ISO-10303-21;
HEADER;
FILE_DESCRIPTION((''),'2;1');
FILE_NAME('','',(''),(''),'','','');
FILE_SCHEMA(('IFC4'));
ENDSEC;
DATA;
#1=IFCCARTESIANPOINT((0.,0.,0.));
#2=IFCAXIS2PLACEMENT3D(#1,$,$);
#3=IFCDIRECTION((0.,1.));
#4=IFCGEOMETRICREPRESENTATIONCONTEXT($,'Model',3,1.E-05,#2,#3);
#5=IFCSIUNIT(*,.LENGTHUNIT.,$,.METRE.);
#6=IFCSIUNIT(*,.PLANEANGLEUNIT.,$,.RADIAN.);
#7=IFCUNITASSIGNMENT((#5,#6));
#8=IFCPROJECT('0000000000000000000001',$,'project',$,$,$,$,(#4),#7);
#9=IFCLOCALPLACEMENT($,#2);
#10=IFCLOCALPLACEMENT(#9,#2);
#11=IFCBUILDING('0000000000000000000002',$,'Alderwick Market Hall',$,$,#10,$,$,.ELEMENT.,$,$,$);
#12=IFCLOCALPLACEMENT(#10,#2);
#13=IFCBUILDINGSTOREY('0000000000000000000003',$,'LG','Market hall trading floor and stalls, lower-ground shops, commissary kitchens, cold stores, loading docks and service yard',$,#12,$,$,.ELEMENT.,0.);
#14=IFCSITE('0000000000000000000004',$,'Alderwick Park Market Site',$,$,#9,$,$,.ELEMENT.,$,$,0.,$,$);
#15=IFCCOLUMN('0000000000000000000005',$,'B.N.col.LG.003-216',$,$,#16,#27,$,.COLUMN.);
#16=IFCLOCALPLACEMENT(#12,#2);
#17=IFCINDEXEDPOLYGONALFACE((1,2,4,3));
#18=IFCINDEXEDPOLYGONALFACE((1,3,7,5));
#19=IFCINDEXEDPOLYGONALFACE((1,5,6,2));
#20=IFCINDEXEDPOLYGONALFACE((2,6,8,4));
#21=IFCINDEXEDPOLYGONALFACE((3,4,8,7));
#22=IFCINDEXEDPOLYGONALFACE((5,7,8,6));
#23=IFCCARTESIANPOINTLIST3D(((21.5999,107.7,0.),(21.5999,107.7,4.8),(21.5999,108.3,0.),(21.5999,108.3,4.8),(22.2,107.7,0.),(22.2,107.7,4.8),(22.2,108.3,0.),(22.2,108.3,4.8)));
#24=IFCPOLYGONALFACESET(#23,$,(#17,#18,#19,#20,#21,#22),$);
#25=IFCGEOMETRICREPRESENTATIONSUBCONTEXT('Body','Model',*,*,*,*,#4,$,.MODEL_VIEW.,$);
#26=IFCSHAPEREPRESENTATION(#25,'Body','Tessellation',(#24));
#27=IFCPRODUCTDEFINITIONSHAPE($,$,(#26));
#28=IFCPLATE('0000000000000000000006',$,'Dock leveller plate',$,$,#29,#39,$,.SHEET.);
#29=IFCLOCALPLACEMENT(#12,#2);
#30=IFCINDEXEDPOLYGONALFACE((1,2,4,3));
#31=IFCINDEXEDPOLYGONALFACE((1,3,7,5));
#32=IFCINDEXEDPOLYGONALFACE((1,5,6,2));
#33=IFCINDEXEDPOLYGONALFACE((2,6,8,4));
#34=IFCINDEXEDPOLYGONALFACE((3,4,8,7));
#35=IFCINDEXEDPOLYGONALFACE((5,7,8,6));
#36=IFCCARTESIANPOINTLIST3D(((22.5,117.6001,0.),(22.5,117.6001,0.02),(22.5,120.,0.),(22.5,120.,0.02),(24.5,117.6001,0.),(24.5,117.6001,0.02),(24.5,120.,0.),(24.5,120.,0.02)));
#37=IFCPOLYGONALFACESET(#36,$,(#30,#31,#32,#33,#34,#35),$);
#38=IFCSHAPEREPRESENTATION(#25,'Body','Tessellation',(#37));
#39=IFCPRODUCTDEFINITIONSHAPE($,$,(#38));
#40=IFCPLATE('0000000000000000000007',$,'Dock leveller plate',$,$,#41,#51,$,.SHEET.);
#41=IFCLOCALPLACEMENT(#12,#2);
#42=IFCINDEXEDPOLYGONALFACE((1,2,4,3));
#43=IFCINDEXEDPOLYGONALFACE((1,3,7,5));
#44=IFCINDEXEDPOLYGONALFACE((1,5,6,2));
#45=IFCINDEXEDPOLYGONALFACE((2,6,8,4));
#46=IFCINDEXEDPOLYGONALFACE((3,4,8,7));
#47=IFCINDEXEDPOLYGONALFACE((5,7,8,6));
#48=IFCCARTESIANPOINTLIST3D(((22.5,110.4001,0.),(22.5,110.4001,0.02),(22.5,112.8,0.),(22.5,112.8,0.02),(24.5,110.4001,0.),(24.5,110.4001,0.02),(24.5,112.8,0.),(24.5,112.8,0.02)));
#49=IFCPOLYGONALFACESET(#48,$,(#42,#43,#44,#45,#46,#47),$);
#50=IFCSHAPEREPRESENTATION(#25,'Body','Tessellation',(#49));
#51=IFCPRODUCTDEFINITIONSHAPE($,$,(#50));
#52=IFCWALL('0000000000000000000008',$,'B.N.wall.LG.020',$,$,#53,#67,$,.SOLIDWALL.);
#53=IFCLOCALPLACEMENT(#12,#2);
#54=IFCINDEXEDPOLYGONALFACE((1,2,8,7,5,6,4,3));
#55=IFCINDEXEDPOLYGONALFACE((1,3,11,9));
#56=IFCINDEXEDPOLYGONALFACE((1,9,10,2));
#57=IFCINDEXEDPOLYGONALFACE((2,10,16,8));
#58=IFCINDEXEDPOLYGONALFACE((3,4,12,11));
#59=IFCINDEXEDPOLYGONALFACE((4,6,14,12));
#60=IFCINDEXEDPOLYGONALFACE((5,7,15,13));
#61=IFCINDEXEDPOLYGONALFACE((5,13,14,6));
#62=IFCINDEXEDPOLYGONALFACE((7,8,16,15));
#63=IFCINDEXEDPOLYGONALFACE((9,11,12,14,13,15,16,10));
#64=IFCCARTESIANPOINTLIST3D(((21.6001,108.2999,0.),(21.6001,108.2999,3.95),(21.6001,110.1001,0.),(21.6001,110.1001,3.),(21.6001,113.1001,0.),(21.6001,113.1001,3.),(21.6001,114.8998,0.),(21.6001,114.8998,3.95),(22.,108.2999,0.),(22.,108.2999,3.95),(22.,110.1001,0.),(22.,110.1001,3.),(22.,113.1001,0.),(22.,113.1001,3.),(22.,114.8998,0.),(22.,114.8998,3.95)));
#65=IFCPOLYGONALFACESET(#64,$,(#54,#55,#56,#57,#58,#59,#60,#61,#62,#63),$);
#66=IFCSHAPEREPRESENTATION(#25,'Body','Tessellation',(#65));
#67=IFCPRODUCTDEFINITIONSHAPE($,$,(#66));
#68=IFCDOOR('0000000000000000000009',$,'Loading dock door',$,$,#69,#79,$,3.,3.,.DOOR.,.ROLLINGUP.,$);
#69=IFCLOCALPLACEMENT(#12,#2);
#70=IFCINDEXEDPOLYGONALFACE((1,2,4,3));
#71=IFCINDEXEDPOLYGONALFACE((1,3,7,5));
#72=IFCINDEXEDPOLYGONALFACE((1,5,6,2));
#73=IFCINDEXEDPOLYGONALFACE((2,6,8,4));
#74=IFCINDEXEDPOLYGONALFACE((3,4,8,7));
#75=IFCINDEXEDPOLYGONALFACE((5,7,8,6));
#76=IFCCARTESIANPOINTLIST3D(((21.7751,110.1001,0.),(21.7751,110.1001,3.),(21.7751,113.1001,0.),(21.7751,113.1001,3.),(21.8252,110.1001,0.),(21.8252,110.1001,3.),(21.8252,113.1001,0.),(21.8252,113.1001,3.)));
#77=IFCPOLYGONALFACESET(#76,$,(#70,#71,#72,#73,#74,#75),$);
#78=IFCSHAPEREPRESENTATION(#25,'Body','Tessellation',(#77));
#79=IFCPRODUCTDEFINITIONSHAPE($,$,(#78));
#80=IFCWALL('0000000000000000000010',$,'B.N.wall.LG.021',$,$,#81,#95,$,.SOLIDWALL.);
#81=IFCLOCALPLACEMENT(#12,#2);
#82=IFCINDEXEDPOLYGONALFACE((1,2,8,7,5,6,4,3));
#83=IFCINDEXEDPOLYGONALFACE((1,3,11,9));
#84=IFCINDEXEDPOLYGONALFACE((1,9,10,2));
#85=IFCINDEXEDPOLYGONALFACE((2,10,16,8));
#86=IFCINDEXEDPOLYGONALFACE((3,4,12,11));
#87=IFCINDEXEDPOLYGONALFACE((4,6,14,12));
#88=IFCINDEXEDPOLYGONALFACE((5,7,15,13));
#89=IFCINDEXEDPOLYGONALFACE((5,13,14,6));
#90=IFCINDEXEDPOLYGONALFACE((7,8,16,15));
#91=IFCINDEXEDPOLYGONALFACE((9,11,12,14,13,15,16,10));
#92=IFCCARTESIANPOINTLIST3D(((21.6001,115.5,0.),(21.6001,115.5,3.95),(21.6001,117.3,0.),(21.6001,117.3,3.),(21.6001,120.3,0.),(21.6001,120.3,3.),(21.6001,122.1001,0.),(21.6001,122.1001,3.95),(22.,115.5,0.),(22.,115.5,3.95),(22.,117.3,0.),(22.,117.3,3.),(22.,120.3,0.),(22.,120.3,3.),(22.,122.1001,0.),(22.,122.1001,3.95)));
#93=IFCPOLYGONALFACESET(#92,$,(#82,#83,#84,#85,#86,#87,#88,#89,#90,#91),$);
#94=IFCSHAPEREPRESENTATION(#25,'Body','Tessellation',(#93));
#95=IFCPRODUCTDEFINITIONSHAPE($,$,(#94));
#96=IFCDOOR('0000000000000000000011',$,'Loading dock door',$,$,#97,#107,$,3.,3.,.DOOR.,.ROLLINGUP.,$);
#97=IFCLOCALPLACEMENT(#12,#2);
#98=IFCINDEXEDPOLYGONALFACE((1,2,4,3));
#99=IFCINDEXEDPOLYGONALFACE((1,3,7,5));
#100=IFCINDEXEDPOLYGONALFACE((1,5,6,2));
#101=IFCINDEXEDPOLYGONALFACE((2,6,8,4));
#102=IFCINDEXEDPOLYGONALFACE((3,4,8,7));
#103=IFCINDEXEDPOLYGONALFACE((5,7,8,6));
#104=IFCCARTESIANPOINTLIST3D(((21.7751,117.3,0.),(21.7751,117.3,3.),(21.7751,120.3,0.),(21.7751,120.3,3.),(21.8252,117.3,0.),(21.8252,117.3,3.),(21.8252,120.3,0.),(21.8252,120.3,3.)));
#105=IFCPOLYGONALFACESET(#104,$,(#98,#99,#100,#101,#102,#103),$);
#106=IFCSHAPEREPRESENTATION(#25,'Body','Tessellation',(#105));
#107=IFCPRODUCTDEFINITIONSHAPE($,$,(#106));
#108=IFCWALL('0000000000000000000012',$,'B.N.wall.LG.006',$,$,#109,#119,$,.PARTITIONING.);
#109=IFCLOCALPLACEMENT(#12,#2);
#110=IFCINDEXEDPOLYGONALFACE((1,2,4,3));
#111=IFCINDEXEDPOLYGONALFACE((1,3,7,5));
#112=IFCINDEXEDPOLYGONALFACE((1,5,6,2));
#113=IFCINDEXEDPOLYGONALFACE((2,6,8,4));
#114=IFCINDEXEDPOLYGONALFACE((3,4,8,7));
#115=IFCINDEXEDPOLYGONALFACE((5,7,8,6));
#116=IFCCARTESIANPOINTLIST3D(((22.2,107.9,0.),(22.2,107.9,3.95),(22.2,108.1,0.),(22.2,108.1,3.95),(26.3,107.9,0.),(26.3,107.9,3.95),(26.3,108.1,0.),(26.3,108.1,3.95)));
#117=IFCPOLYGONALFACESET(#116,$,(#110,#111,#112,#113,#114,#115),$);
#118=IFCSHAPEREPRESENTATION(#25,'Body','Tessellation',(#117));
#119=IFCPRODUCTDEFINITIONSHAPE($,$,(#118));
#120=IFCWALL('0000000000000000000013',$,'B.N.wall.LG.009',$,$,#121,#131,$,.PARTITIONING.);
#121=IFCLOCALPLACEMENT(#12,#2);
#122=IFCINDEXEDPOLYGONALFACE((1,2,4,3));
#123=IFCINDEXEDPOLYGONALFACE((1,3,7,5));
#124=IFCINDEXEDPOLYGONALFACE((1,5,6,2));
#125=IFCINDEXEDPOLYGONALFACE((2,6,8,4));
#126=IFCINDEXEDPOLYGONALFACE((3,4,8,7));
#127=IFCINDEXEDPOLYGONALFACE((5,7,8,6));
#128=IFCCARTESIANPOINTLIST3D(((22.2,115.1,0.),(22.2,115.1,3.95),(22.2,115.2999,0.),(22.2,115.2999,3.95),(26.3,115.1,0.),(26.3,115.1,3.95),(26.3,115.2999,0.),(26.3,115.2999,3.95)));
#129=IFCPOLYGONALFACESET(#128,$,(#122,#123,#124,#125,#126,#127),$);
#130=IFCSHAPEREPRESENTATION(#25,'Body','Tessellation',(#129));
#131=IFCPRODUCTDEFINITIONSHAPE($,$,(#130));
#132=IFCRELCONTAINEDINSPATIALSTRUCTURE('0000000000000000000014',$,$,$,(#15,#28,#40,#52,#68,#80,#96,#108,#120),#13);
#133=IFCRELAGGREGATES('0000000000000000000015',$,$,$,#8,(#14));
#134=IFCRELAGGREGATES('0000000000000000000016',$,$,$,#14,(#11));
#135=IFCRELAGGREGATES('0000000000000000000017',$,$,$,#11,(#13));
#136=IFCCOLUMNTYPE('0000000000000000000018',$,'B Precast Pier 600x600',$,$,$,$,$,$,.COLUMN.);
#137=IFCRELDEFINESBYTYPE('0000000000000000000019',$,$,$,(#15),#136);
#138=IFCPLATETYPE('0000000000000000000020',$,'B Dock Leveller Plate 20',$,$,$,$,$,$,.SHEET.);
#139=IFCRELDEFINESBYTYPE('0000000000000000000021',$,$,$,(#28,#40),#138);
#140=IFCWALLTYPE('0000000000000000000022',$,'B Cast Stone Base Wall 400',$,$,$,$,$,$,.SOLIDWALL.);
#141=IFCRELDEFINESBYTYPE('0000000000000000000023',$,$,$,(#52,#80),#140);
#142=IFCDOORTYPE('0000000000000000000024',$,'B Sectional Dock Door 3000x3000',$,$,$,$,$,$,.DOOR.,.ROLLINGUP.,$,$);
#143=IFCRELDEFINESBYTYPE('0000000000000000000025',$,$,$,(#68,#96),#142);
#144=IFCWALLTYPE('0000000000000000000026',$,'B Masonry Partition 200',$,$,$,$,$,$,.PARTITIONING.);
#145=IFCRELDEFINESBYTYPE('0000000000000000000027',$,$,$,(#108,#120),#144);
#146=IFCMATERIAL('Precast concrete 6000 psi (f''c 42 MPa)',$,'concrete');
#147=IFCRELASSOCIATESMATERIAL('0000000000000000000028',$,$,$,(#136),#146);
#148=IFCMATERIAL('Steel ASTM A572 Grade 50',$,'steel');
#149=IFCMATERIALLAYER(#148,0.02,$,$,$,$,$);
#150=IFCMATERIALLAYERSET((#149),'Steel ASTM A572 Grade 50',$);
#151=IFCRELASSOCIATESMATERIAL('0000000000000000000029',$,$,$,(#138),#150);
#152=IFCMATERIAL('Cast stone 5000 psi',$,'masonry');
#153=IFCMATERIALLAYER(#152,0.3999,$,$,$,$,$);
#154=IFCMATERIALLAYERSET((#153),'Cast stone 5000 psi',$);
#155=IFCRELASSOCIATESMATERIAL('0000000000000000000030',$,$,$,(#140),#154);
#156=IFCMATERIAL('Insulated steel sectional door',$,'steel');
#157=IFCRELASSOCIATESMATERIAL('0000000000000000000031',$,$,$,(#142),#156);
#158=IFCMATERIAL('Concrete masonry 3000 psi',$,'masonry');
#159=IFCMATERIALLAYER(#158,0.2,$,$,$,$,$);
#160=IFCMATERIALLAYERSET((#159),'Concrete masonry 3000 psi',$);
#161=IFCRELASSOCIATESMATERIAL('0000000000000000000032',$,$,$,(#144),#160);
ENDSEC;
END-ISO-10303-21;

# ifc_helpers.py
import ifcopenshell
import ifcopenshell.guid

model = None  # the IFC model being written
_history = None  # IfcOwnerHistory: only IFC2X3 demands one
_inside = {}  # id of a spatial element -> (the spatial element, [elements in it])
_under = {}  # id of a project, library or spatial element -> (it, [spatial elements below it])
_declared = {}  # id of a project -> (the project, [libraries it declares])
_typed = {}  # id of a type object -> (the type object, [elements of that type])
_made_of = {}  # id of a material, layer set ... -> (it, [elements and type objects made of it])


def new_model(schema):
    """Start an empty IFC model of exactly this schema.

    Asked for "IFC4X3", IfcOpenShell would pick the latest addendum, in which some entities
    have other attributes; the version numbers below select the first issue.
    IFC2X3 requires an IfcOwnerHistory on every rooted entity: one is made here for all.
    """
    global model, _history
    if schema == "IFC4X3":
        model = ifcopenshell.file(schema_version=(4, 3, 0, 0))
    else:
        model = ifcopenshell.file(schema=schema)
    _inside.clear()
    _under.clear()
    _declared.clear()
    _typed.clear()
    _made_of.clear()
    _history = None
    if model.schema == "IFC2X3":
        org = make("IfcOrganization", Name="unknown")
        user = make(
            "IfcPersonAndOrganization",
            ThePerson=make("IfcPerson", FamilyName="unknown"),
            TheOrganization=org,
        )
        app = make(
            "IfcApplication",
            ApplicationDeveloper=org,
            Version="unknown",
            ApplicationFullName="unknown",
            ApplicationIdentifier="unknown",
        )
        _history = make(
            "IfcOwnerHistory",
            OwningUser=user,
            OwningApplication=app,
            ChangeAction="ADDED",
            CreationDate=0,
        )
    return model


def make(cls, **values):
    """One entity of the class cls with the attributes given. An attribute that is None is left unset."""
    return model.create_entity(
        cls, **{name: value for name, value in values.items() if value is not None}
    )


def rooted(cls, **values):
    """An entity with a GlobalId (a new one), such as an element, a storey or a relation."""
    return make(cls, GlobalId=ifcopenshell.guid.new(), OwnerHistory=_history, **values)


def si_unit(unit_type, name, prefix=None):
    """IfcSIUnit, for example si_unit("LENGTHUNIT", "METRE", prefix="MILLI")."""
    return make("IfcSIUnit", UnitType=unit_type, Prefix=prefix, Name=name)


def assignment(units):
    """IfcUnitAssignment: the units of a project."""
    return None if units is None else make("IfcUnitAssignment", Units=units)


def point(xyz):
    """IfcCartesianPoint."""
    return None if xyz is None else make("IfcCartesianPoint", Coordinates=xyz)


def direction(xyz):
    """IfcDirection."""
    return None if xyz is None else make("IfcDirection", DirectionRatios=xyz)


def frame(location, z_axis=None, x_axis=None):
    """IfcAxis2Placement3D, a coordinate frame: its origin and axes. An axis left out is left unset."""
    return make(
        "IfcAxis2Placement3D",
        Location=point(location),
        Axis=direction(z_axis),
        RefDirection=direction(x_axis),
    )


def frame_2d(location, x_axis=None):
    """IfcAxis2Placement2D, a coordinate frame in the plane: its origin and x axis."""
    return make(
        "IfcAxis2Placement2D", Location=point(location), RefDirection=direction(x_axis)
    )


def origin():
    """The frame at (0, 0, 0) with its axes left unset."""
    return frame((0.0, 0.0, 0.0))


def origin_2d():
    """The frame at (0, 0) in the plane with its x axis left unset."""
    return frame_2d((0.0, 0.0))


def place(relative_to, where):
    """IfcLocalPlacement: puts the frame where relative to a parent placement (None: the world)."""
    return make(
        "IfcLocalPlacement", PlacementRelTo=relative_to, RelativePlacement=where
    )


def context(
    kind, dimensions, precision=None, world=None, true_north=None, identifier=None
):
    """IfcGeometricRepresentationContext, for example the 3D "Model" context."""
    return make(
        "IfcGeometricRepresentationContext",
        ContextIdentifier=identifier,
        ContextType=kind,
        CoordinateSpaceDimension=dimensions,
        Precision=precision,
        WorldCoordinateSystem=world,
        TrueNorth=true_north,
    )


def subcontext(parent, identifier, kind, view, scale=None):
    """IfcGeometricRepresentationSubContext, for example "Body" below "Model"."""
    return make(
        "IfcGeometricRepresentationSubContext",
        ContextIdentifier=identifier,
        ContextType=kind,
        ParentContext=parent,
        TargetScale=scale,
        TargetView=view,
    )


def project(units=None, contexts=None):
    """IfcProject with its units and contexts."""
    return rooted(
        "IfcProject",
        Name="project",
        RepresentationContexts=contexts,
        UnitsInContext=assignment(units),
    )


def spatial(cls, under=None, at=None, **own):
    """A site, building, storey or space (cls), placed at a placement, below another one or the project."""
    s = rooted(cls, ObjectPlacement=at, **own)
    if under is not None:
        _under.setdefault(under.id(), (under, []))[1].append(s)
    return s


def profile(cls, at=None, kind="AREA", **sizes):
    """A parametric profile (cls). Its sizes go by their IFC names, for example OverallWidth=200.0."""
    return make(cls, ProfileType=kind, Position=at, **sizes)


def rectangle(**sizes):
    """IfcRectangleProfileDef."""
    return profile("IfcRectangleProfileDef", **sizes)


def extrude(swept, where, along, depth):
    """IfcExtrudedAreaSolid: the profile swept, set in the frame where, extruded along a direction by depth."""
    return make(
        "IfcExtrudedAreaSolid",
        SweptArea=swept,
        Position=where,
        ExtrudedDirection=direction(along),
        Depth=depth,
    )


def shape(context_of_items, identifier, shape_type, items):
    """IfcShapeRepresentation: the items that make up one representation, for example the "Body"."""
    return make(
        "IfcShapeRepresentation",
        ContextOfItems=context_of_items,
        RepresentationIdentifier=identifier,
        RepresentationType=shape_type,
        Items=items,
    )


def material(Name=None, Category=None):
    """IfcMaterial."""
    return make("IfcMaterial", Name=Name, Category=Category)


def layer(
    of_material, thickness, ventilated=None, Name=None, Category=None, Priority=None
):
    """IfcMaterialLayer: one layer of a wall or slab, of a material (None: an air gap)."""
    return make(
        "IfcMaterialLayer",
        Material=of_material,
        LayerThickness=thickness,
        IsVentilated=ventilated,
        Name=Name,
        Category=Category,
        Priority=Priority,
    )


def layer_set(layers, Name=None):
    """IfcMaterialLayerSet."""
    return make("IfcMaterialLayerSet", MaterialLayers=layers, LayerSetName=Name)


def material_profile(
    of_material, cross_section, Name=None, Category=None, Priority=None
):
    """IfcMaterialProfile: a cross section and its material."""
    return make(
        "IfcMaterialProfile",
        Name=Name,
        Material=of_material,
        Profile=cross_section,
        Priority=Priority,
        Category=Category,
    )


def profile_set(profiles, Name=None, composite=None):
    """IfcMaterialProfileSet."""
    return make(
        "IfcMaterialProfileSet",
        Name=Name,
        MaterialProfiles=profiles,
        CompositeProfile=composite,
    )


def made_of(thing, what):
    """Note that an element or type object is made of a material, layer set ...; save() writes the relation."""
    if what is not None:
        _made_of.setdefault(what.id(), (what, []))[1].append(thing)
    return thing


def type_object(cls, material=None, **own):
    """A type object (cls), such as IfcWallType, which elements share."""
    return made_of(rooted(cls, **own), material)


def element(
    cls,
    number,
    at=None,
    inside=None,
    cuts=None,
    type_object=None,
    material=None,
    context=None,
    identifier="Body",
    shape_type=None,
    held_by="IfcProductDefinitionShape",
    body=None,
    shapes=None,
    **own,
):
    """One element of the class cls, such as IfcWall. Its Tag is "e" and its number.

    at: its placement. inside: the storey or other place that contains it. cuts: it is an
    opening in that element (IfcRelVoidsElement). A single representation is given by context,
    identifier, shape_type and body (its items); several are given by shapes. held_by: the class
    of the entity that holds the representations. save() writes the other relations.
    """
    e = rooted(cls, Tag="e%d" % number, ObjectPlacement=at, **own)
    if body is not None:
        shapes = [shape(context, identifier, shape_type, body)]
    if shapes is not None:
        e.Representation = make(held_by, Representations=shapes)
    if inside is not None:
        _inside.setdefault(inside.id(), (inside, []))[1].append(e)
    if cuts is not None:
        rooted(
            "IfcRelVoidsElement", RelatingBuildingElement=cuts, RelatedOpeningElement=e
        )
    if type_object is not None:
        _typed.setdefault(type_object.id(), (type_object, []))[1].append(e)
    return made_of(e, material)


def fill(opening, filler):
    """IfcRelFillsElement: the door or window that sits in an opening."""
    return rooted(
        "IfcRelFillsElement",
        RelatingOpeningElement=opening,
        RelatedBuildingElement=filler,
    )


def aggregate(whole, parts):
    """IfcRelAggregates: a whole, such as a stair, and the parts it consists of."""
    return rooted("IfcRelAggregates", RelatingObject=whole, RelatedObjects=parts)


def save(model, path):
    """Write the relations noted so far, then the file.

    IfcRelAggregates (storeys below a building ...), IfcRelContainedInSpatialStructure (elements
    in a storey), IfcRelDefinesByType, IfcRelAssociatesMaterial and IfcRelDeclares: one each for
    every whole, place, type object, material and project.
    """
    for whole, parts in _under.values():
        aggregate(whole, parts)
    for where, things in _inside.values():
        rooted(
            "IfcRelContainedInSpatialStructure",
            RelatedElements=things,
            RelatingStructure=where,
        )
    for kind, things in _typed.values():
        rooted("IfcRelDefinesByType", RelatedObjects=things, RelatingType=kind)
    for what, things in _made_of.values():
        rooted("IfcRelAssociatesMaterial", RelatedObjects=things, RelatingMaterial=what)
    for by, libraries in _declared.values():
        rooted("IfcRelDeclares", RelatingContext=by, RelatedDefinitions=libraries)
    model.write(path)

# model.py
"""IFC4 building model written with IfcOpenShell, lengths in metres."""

from ifc_helpers import new_model, si_unit, direction, frame, frame_2d, origin, origin_2d, place, context, subcontext, project, spatial, rectangle, extrude, material, layer, layer_set, material_profile, profile_set, type_object, element, fill, save


model = new_model("IFC4")

# Units and contexts
model_context = context("Model", 3, precision=1e-05, world=origin(), true_north=direction((0.0, 1.0)))
body_context = subcontext(model_context, "Body", "Model", "MODEL_VIEW")
ifc_project = project(units=[si_unit("LENGTHUNIT", "METRE"), si_unit("PLANEANGLEUNIT", "RADIAN")], contexts=[model_context])

# Site, building, storey
site_placement = place(None, origin())
site = spatial("IfcSite", under=ifc_project, at=site_placement, Name="Alderwick Park Market Site", CompositionType="ELEMENT", RefElevation=0.0)
building_placement = place(site_placement, origin())
building = spatial("IfcBuilding", under=site, at=building_placement, Name="Alderwick Market Hall", CompositionType="ELEMENT")
storey_placement = place(building_placement, origin())
storey = spatial("IfcBuildingStorey", under=building, at=storey_placement, Name="LG", Description="Market hall trading floor and stalls, lower-ground shops, commissary kitchens, cold stores, loading docks and service yard", CompositionType="ELEMENT", Elevation=0.0)

# Column
ifc_material_1 = material(Name="Precast concrete 6000 psi (f'c 42 MPa)", Category="concrete")
ifc_material_profile_1 = material_profile(ifc_material_1, rectangle(XDim=0.6001, YDim=0.6001, at=origin_2d()), Name="B Precast Pier 600x600")
ifc_profile_set_1 = profile_set([ifc_material_profile_1], Name="Precast concrete 6000 psi (f'c 42 MPa)")
column_type_1 = type_object("IfcColumnType", Name="B Precast Pier 600x600", PredefinedType="COLUMN", material=ifc_profile_set_1)
for number, where, z_axis, x_axis, name in (
    (1, (21.8999, 108.0, 0.0), (0.0, 0.0, 1.0), (1.0, 0.0, 0.0), "B.N.col.LG.003-216"),
):
    element("IfcColumn", number, at=place(storey_placement, frame(where, z_axis=z_axis, x_axis=x_axis)), inside=storey, type_object=column_type_1, Name=name, PredefinedType="COLUMN", context=body_context, shape_type="SweptSolid", body=[
        extrude(rectangle(XDim=0.6001, YDim=0.6001, at=origin_2d()), origin(), (0.0, 0.0, 1.0), 4.8),
    ])

# Plates
ifc_material_2 = material(Name="Steel ASTM A572 Grade 50", Category="steel")
ifc_layer_1 = layer(ifc_material_2, 0.02)
ifc_layer_set_1 = layer_set([ifc_layer_1], Name="Steel ASTM A572 Grade 50")
plate_type = type_object("IfcPlateType", Name="B Dock Leveller Plate 20", PredefinedType="SHEET", material=ifc_layer_set_1)
for number, where, z_axis, x_axis, name in (
    (2, (23.5, 118.8, 0.0), (0.0, 0.0, 1.0), (1.0, 0.0, 0.0), "Dock leveller plate"),
    (3, (23.5, 111.6001, 0.0), (0.0, 0.0, 1.0), (1.0, 0.0, 0.0), "Dock leveller plate"),
):
    element("IfcPlate", number, at=place(storey_placement, frame(where, z_axis=z_axis, x_axis=x_axis)), inside=storey, type_object=plate_type, Name=name, PredefinedType="SHEET", context=body_context, shape_type="SweptSolid", body=[
        extrude(rectangle(XDim=2.0, YDim=2.3999, at=origin_2d()), origin(), (0.0, 0.0, 1.0), 0.02),
    ])

# Walls, openings, doors
ifc_material_3 = material(Name="Cast stone 5000 psi", Category="masonry")
ifc_layer_2 = layer(ifc_material_3, 0.3999)
ifc_layer_set_2 = layer_set([ifc_layer_2], Name="Cast stone 5000 psi")
wall_type_1 = type_object("IfcWallType", Name="B Cast Stone Base Wall 400", PredefinedType="SOLIDWALL", material=ifc_layer_set_2)
wall_1_placement = place(storey_placement, frame((21.8, 108.3, 0.0), z_axis=(0.0, 0.0, 1.0), x_axis=(0.0, 1.0, 0.0)))
wall_1 = element("IfcWall", 4, at=wall_1_placement, inside=storey, type_object=wall_type_1, Name="B.N.wall.LG.020", PredefinedType="SOLIDWALL", context=body_context, shape_type="SweptSolid", body=[
    extrude(rectangle(XDim=6.5999, YDim=0.3999, at=frame_2d((3.2998, 0.0))), origin(), (0.0, 0.0, 1.0), 3.95),
])
opening_1_placement = place(wall_1_placement, frame((1.8, 0.0, 0.0)))
opening_1 = element("IfcOpeningElement", 5, at=opening_1_placement, cuts=wall_1, PredefinedType="OPENING", context=body_context, shape_type="SweptSolid", body=[
    extrude(rectangle(XDim=3.0, YDim=3.0, at=frame_2d((1.5, 1.5))), frame((0.0, 0.21, 0.0), z_axis=(0.0, -1.0, 0.0), x_axis=(1.0, 0.0, 0.0)), (0.0, 0.0, 1.0), 0.4199),
])
ifc_material_4 = material(Name="Insulated steel sectional door", Category="steel")
door_type = type_object("IfcDoorType", Name="B Sectional Dock Door 3000x3000", OperationType="ROLLINGUP", PredefinedType="DOOR", material=ifc_material_4)
door_1_placement = place(opening_1_placement, origin())
door_1 = element("IfcDoor", 6, at=door_1_placement, inside=storey, type_object=door_type, Name="Loading dock door", OperationType="ROLLINGUP", OverallHeight=3.0, OverallWidth=3.0, PredefinedType="DOOR", context=body_context, shape_type="SweptSolid", body=[
    extrude(rectangle(XDim=3.0, YDim=3.0, at=frame_2d((1.5, 1.5))), frame((0.0, 0.0249, 0.0), z_axis=(0.0, -1.0, 0.0), x_axis=(1.0, 0.0, 0.0)), (0.0, 0.0, 1.0), 0.05),
])
fill(opening_1, door_1)
wall_2_placement = place(storey_placement, frame((21.8, 115.5, 0.0), z_axis=(0.0, 0.0, 1.0), x_axis=(0.0, 1.0, 0.0)))
wall_2 = element("IfcWall", 7, at=wall_2_placement, inside=storey, type_object=wall_type_1, Name="B.N.wall.LG.021", PredefinedType="SOLIDWALL", context=body_context, shape_type="SweptSolid", body=[
    extrude(rectangle(XDim=6.6001, YDim=0.3999, at=frame_2d((3.3, 0.0))), origin(), (0.0, 0.0, 1.0), 3.95),
])
opening_2_placement = place(wall_2_placement, frame((1.8, 0.0, 0.0)))
opening_2 = element("IfcOpeningElement", 8, at=opening_2_placement, cuts=wall_2, PredefinedType="OPENING", context=body_context, shape_type="SweptSolid", body=[
    extrude(rectangle(XDim=3.0, YDim=3.0, at=frame_2d((1.5, 1.5))), frame((0.0, 0.21, 0.0), z_axis=(0.0, -1.0, 0.0), x_axis=(1.0, 0.0, 0.0)), (0.0, 0.0, 1.0), 0.4199),
])
door_2_placement = place(opening_2_placement, origin())
door_2 = element("IfcDoor", 9, at=door_2_placement, inside=storey, type_object=door_type, Name="Loading dock door", OperationType="ROLLINGUP", OverallHeight=3.0, OverallWidth=3.0, PredefinedType="DOOR", context=body_context, shape_type="SweptSolid", body=[
    extrude(rectangle(XDim=3.0, YDim=3.0, at=frame_2d((1.5, 1.5))), frame((0.0, 0.0249, 0.0), z_axis=(0.0, -1.0, 0.0), x_axis=(1.0, 0.0, 0.0)), (0.0, 0.0, 1.0), 0.05),
])
fill(opening_2, door_2)

# Walls
ifc_material_5 = material(Name="Concrete masonry 3000 psi", Category="masonry")
ifc_layer_3 = layer(ifc_material_5, 0.2)
ifc_layer_set_3 = layer_set([ifc_layer_3], Name="Concrete masonry 3000 psi")
wall_type_2 = type_object("IfcWallType", Name="B Masonry Partition 200", PredefinedType="PARTITIONING", material=ifc_layer_set_3)
for number, where, z_axis, x_axis, name in (
    (10, (22.2, 108.0, 0.0), (0.0, 0.0, 1.0), (1.0, 0.0, 0.0), "B.N.wall.LG.006"),
    (11, (22.2, 115.2, 0.0), (0.0, 0.0, 1.0), (1.0, 0.0, 0.0), "B.N.wall.LG.009"),
):
    element("IfcWall", number, at=place(storey_placement, frame(where, z_axis=z_axis, x_axis=x_axis)), inside=storey, type_object=wall_type_2, Name=name, PredefinedType="PARTITIONING", context=body_context, shape_type="SweptSolid", body=[
        extrude(rectangle(XDim=4.1001, YDim=0.2, at=frame_2d((2.05, 0.0))), origin(), (0.0, 0.0, 1.0), 3.95),
    ])

save(model, "model.ifc")
